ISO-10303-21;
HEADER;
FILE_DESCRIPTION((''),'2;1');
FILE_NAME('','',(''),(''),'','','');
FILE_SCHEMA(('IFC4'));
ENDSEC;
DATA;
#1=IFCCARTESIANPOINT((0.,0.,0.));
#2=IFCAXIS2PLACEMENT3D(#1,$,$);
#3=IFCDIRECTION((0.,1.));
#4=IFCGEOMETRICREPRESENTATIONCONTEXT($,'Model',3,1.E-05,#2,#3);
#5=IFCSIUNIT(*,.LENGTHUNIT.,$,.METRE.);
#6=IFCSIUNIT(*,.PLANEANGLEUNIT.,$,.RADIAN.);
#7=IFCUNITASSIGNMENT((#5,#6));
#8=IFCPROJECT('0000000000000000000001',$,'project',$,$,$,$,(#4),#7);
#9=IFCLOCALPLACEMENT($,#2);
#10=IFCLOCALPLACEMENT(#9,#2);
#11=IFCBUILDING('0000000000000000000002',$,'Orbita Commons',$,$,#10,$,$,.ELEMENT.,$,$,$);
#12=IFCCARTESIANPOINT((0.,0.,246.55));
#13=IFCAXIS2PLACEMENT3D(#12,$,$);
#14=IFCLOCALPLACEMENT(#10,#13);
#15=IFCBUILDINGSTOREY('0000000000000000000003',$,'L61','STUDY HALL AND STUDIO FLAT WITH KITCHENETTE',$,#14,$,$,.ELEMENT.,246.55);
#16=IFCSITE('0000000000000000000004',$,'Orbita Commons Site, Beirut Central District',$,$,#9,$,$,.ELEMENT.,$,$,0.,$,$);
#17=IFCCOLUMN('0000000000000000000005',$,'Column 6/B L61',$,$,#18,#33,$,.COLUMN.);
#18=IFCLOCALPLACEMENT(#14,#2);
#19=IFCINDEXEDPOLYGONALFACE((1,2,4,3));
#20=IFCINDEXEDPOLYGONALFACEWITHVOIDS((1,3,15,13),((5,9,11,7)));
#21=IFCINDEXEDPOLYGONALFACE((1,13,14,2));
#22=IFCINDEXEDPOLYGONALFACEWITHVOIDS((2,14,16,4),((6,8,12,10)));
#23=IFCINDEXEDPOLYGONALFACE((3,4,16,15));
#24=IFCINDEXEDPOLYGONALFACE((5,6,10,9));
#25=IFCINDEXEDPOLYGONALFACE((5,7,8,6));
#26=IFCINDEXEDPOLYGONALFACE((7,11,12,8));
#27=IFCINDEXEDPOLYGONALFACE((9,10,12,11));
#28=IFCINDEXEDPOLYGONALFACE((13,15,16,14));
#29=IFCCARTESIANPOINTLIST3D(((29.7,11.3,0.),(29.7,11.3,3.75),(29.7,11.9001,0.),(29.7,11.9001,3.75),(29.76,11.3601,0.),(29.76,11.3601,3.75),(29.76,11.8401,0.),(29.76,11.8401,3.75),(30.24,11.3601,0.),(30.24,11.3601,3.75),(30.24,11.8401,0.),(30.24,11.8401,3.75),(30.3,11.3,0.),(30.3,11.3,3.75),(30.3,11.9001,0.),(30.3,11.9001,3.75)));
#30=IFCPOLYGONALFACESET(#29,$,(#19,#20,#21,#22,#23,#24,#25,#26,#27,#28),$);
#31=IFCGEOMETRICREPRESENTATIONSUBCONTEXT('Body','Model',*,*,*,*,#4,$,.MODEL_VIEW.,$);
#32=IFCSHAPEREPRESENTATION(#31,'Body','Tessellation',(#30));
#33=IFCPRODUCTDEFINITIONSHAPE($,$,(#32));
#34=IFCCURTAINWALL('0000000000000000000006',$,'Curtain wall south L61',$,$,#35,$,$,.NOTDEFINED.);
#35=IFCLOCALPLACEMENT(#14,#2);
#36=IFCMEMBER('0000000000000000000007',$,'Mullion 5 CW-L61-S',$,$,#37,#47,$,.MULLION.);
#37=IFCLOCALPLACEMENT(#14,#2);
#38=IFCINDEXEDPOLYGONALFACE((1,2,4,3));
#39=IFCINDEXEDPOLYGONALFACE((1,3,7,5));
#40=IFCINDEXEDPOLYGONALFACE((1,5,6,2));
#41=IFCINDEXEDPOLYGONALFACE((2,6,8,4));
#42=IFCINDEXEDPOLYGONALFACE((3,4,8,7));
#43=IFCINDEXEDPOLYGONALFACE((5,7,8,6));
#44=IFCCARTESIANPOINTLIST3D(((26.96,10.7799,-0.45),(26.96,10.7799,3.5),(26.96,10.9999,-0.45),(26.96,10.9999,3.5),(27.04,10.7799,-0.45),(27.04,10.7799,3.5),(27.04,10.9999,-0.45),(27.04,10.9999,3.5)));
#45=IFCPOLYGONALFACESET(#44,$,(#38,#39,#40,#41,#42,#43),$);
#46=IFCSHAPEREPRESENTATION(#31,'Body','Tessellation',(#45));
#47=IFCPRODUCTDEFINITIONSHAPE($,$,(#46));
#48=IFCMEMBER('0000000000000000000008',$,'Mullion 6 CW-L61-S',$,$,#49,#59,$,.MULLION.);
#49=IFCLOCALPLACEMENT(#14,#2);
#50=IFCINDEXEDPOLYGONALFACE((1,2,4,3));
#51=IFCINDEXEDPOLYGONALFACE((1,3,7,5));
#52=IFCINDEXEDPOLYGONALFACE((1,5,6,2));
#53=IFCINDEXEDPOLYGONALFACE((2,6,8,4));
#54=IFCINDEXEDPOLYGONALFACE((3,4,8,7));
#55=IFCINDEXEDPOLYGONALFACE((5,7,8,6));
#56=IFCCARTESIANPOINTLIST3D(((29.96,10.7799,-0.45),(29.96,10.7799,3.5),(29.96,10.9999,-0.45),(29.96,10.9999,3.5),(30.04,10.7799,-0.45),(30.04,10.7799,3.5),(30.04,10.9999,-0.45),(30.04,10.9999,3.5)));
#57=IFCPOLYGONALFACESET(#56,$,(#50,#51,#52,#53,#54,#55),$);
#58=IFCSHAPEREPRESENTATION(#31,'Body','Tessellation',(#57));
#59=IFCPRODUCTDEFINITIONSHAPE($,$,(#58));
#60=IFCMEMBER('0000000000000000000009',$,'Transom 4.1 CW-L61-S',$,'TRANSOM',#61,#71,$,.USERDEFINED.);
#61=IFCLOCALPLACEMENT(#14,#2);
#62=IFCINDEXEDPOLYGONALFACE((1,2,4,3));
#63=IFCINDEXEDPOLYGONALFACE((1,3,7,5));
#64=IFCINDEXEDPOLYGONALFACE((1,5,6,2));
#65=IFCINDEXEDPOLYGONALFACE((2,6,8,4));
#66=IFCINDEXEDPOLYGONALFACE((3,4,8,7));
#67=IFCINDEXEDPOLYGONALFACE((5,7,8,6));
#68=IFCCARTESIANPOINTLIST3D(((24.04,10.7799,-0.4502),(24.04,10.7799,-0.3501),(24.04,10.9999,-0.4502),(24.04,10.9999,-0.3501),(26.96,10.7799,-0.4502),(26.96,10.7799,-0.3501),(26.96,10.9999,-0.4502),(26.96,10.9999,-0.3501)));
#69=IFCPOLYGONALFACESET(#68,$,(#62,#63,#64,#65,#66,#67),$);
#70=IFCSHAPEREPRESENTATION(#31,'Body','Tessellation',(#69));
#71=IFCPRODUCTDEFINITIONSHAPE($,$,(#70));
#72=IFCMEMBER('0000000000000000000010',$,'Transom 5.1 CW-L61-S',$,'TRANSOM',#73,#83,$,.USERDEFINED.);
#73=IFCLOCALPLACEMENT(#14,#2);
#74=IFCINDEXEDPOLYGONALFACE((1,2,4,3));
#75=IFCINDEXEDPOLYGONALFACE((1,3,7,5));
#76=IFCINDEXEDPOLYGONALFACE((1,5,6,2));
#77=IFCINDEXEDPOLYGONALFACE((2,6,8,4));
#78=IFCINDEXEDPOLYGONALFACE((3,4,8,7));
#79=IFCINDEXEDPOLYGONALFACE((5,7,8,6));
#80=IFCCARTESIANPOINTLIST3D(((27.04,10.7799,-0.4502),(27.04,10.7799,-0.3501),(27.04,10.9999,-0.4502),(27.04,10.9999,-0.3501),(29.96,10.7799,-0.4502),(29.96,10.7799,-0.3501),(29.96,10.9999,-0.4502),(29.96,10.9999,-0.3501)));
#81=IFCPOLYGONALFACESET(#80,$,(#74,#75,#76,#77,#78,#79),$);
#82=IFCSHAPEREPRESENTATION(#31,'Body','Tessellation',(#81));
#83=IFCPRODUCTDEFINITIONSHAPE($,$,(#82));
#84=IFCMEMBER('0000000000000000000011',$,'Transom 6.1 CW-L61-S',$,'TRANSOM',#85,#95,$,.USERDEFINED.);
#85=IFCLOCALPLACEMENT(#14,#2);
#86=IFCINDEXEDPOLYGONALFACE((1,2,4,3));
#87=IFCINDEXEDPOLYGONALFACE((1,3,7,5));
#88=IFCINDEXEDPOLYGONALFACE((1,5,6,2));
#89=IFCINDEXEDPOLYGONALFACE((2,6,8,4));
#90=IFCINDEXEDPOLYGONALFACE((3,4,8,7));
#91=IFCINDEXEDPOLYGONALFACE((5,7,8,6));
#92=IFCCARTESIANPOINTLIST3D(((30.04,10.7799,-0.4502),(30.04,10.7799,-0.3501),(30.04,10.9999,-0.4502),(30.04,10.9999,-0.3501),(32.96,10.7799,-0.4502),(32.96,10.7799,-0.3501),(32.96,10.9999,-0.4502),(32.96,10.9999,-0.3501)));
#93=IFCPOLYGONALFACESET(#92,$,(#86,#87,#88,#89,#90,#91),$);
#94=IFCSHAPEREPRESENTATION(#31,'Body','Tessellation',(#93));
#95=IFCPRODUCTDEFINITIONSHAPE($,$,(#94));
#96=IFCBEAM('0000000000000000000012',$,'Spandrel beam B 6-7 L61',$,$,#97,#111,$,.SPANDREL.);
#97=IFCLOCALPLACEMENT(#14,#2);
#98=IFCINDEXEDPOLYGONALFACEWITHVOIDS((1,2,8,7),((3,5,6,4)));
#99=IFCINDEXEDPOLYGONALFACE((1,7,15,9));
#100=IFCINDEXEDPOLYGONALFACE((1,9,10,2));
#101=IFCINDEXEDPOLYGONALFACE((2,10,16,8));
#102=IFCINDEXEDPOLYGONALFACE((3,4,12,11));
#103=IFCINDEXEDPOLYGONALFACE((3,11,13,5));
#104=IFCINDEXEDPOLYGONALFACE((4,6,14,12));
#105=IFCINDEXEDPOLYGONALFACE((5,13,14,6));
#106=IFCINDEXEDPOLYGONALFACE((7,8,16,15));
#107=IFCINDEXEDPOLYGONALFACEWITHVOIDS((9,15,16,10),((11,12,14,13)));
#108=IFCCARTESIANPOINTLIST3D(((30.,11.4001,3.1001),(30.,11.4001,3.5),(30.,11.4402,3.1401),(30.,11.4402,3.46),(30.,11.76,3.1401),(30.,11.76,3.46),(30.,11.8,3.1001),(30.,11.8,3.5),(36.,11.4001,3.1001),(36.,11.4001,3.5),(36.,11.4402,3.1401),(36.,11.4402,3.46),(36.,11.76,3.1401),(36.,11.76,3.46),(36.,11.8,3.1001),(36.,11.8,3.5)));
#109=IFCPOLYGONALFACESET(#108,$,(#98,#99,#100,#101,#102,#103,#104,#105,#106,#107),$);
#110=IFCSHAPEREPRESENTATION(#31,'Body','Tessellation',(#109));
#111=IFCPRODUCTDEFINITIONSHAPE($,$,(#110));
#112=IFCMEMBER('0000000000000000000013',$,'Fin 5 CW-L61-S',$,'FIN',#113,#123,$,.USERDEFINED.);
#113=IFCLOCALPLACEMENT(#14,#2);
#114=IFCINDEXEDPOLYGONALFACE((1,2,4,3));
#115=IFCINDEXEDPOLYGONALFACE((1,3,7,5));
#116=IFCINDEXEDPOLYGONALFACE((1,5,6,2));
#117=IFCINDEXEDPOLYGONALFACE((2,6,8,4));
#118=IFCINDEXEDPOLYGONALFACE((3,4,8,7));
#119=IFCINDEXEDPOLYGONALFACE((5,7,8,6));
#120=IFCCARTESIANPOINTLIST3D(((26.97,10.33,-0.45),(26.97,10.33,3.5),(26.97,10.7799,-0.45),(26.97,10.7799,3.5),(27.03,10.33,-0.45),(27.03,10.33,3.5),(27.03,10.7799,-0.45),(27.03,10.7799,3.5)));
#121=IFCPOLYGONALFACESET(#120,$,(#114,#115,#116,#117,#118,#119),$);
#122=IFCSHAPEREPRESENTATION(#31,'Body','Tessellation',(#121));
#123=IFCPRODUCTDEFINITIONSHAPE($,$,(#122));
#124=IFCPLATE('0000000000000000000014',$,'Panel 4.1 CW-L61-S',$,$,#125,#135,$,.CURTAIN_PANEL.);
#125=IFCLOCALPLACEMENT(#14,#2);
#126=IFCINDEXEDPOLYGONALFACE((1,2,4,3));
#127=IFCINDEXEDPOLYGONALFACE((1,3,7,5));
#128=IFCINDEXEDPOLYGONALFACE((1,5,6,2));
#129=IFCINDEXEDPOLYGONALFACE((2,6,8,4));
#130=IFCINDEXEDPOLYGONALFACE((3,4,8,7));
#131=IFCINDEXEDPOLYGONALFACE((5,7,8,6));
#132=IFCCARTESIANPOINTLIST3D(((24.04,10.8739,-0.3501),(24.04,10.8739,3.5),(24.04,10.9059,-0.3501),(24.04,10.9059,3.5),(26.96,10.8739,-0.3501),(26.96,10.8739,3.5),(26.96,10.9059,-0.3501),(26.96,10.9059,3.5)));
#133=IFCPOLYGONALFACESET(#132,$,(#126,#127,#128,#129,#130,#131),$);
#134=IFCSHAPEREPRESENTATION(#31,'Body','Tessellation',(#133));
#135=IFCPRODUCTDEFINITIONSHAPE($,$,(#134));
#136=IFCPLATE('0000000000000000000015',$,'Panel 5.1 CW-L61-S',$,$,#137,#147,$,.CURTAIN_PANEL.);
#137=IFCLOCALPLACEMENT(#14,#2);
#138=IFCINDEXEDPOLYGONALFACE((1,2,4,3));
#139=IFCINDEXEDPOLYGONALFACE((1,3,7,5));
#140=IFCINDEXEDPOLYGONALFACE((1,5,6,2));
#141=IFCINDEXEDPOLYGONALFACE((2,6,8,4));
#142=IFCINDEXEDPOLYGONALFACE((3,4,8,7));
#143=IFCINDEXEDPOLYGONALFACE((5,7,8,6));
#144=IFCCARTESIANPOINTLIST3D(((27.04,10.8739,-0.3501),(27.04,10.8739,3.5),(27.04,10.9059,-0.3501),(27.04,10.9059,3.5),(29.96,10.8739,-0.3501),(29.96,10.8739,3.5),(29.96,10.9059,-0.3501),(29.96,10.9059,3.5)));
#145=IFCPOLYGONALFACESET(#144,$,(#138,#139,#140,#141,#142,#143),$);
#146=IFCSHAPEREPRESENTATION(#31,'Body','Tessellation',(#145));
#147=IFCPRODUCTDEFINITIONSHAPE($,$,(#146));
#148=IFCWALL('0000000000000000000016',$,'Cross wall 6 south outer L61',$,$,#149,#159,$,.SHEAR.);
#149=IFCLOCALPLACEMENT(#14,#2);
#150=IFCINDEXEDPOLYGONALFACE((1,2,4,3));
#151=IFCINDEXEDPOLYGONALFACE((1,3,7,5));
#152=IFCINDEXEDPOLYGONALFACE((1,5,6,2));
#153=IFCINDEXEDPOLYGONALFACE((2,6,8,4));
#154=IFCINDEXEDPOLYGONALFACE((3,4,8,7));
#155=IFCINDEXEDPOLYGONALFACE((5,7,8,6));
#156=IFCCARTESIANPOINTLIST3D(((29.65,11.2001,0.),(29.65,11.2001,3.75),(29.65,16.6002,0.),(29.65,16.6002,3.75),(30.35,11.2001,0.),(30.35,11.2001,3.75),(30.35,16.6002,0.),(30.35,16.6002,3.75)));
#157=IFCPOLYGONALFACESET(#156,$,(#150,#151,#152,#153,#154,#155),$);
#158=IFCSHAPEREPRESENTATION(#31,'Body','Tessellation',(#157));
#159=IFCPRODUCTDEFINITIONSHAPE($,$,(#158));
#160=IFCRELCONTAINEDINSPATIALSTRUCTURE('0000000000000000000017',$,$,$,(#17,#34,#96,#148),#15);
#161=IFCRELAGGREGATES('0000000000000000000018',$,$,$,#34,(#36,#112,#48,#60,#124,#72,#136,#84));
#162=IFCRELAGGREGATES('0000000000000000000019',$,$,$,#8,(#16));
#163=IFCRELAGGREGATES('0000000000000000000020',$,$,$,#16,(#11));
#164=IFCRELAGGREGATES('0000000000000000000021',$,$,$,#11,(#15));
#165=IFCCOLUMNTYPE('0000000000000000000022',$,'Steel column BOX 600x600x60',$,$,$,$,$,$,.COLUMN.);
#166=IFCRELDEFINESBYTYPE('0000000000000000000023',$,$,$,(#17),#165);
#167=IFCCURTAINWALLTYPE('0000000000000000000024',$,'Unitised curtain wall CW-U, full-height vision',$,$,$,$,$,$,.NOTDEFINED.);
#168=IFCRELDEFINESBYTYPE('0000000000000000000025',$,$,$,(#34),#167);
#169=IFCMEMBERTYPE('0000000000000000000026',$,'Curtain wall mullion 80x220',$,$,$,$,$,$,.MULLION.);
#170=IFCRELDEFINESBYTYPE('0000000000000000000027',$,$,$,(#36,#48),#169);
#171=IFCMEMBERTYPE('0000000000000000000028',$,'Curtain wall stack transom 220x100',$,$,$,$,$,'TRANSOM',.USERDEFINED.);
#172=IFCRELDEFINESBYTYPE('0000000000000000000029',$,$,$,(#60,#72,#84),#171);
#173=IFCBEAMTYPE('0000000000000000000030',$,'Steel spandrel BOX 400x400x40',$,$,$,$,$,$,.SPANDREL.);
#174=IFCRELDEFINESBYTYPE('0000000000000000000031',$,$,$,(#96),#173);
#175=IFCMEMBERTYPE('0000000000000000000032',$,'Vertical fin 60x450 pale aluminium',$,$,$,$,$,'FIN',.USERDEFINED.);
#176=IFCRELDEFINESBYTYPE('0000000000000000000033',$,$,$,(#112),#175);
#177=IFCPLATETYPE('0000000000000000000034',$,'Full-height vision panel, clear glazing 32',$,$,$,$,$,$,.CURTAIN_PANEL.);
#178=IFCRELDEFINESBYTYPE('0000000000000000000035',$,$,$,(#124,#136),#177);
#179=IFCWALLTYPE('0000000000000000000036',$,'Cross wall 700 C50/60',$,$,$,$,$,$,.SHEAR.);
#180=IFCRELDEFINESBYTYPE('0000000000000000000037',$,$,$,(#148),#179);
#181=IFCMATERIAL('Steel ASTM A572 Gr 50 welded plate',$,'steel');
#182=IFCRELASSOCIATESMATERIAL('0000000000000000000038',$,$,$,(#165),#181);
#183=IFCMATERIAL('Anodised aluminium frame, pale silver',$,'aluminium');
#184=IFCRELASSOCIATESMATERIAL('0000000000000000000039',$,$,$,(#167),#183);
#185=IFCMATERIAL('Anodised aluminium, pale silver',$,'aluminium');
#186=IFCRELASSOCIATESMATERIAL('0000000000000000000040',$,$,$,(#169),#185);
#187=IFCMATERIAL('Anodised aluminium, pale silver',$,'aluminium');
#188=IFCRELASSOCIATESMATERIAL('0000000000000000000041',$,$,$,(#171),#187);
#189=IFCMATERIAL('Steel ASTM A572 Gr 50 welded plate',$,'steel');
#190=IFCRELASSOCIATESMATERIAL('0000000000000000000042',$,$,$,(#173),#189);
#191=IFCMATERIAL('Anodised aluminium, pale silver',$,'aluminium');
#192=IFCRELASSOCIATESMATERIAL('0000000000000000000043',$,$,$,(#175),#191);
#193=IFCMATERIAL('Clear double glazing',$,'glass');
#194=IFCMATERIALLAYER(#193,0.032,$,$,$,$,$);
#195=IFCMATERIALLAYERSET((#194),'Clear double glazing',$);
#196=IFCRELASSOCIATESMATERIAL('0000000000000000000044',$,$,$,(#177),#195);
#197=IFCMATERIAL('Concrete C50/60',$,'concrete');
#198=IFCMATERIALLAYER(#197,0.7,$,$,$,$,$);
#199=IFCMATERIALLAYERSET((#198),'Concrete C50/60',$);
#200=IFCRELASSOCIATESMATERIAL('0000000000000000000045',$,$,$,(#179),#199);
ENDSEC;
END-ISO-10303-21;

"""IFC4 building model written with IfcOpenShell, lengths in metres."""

from ifc_helpers import new_model, si_unit, direction, frame, frame_2d, origin, origin_2d, place, context, subcontext, project, spatial, rectangle, hollow_rectangle, extrude, material, layer, layer_set, material_profile, profile_set, type_object, element, aggregate, save


model = new_model("IFC4")

# Units and contexts
model_context = context("Model", 3, precision=1e-05, world=origin(), true_north=direction((0.0, 1.0)))
body_context = subcontext(model_context, "Body", "Model", "MODEL_VIEW")
ifc_project = project(units=[si_unit("LENGTHUNIT", "METRE"), si_unit("PLANEANGLEUNIT", "RADIAN")], contexts=[model_context])

# Site, building, storey
site_placement = place(None, origin())
site = spatial("IfcSite", under=ifc_project, at=site_placement, Name="Orbita Commons Site, Beirut Central District", CompositionType="ELEMENT", RefElevation=0.0)
building_placement = place(site_placement, origin())
building = spatial("IfcBuilding", under=site, at=building_placement, Name="Orbita Commons", CompositionType="ELEMENT")
storey_placement = place(building_placement, frame((0.0, 0.0, 246.55)))
storey = spatial("IfcBuildingStorey", under=building, at=storey_placement, Name="L61", Description="STUDY HALL AND STUDIO FLAT WITH KITCHENETTE", CompositionType="ELEMENT", Elevation=246.55)

# Column
ifc_material_1 = material(Name="Steel ASTM A572 Gr 50 welded plate", Category="steel")
ifc_material_profile_1 = material_profile(ifc_material_1, hollow_rectangle(XDim=0.6001, YDim=0.6001, WallThickness=0.0601, at=origin_2d()), Name="BOX 600x600x60")
ifc_profile_set_1 = profile_set([ifc_material_profile_1], Name="Steel ASTM A572 Gr 50 welded plate")
column_type = type_object("IfcColumnType", Name="Steel column BOX 600x600x60", PredefinedType="COLUMN", material=ifc_profile_set_1)
column_placement = place(storey_placement, frame((30.0, 11.6001, 0.0), z_axis=(0.0, 0.0, 1.0), x_axis=(1.0, 0.0, 0.0)))
element("IfcColumn", 1, at=column_placement, inside=storey, type_object=column_type, Name="Column 6/B L61", PredefinedType="COLUMN", context=body_context, shape_type="SweptSolid", body=[
    extrude(hollow_rectangle(XDim=0.6001, YDim=0.6001, WallThickness=0.0601, at=origin_2d()), origin(), (0.0, 0.0, 1.0), 3.75),
])

# Curtain wall, members
ifc_material_2 = material(Name="Anodised aluminium frame, pale silver", Category="aluminium")
curtain_wall_type = type_object("IfcCurtainWallType", Name="Unitised curtain wall CW-U, full-height vision", PredefinedType="NOTDEFINED", material=ifc_material_2)
curtain_wall_placement = place(storey_placement, origin())
curtain_wall = element("IfcCurtainWall", 2, at=curtain_wall_placement, inside=storey, type_object=curtain_wall_type, Name="Curtain wall south L61", PredefinedType="NOTDEFINED")
ifc_material_3 = material(Name="Anodised aluminium, pale silver", Category="aluminium")
ifc_material_profile_2 = material_profile(ifc_material_3, rectangle(XDim=0.0801, YDim=0.22, at=origin_2d()), Name="AL 80x220")
ifc_profile_set_2 = profile_set([ifc_material_profile_2], Name="Anodised aluminium, pale silver")
member_type_1 = type_object("IfcMemberType", Name="Curtain wall mullion 80x220", PredefinedType="MULLION", material=ifc_profile_set_2)
member_1_placement = place(storey_placement, frame((27.0, 10.8899, -0.45), z_axis=(0.0, 0.0, 1.0), x_axis=(1.0, 0.0, 0.0)))
member_1 = element("IfcMember", 3, at=member_1_placement, type_object=member_type_1, Name="Mullion 5 CW-L61-S", PredefinedType="MULLION", context=body_context, shape_type="SweptSolid", body=[
    extrude(rectangle(XDim=0.0801, YDim=0.22, at=origin_2d()), origin(), (0.0, 0.0, 1.0), 3.95),
])
member_2_placement = place(storey_placement, frame((30.0, 10.8899, -0.45), z_axis=(0.0, 0.0, 1.0), x_axis=(1.0, 0.0, 0.0)))
member_2 = element("IfcMember", 4, at=member_2_placement, type_object=member_type_1, Name="Mullion 6 CW-L61-S", PredefinedType="MULLION", context=body_context, shape_type="SweptSolid", body=[
    extrude(rectangle(XDim=0.0801, YDim=0.22, at=origin_2d()), origin(), (0.0, 0.0, 1.0), 3.95),
])
ifc_material_4 = material(Name="Anodised aluminium, pale silver", Category="aluminium")
ifc_material_profile_3 = material_profile(ifc_material_4, rectangle(XDim=0.22, YDim=0.1001, at=origin_2d()), Name="AL 220x100")
ifc_profile_set_3 = profile_set([ifc_material_profile_3], Name="Anodised aluminium, pale silver")
member_type_2 = type_object("IfcMemberType", Name="Curtain wall stack transom 220x100", ElementType="TRANSOM", PredefinedType="USERDEFINED", material=ifc_profile_set_3)
member_3_placement = place(storey_placement, frame((24.04, 10.8899, -0.4001), z_axis=(1.0, 0.0, 0.0), x_axis=(0.0, 1.0, 0.0)))
member_3 = element("IfcMember", 5, at=member_3_placement, type_object=member_type_2, Name="Transom 4.1 CW-L61-S", ObjectType="TRANSOM", PredefinedType="USERDEFINED", context=body_context, shape_type="SweptSolid", body=[
    extrude(rectangle(XDim=0.22, YDim=0.1001, at=origin_2d()), origin(), (0.0, 0.0, 1.0), 2.9199),
])
member_4_placement = place(storey_placement, frame((27.04, 10.8899, -0.4001), z_axis=(1.0, 0.0, 0.0), x_axis=(0.0, 1.0, 0.0)))
member_4 = element("IfcMember", 6, at=member_4_placement, type_object=member_type_2, Name="Transom 5.1 CW-L61-S", ObjectType="TRANSOM", PredefinedType="USERDEFINED", context=body_context, shape_type="SweptSolid", body=[
    extrude(rectangle(XDim=0.22, YDim=0.1001, at=origin_2d()), origin(), (0.0, 0.0, 1.0), 2.9199),
])
member_5_placement = place(storey_placement, frame((30.04, 10.8899, -0.4001), z_axis=(1.0, 0.0, 0.0), x_axis=(0.0, 1.0, 0.0)))
member_5 = element("IfcMember", 7, at=member_5_placement, type_object=member_type_2, Name="Transom 6.1 CW-L61-S", ObjectType="TRANSOM", PredefinedType="USERDEFINED", context=body_context, shape_type="SweptSolid", body=[
    extrude(rectangle(XDim=0.22, YDim=0.1001, at=origin_2d()), origin(), (0.0, 0.0, 1.0), 2.9199),
])

# Beam
ifc_material_5 = material(Name="Steel ASTM A572 Gr 50 welded plate", Category="steel")
ifc_material_profile_4 = material_profile(ifc_material_5, hollow_rectangle(XDim=0.3999, YDim=0.3999, WallThickness=0.04, at=origin_2d()), Name="BOX 400x400x40")
ifc_profile_set_4 = profile_set([ifc_material_profile_4], Name="Steel ASTM A572 Gr 50 welded plate")
beam_type = type_object("IfcBeamType", Name="Steel spandrel BOX 400x400x40", PredefinedType="SPANDREL", material=ifc_profile_set_4)
beam_placement = place(storey_placement, frame((30.0, 11.6001, 3.3), z_axis=(1.0, 0.0, 0.0), x_axis=(0.0, 1.0, 0.0)))
element("IfcBeam", 8, at=beam_placement, inside=storey, type_object=beam_type, Name="Spandrel beam B 6-7 L61", PredefinedType="SPANDREL", context=body_context, shape_type="SweptSolid", body=[
    extrude(hollow_rectangle(XDim=0.3999, YDim=0.3999, WallThickness=0.04, at=origin_2d()), origin(), (0.0, 0.0, 1.0), 6.0),
])

# Member
ifc_material_6 = material(Name="Anodised aluminium, pale silver", Category="aluminium")
ifc_material_profile_5 = material_profile(ifc_material_6, rectangle(XDim=0.0601, YDim=0.45, at=origin_2d()), Name="FIN 60x450")
ifc_profile_set_5 = profile_set([ifc_material_profile_5], Name="Anodised aluminium, pale silver")
member_type_3 = type_object("IfcMemberType", Name="Vertical fin 60x450 pale aluminium", ElementType="FIN", PredefinedType="USERDEFINED", material=ifc_profile_set_5)
member_6_placement = place(storey_placement, frame((27.0, 10.5549, -0.45), z_axis=(0.0, 0.0, 1.0), x_axis=(1.0, 0.0, 0.0)))
member_6 = element("IfcMember", 9, at=member_6_placement, type_object=member_type_3, Name="Fin 5 CW-L61-S", ObjectType="FIN", PredefinedType="USERDEFINED", context=body_context, shape_type="SweptSolid", body=[
    extrude(rectangle(XDim=0.0601, YDim=0.45, at=origin_2d()), origin(), (0.0, 0.0, 1.0), 3.95),
])

# Plates
ifc_material_7 = material(Name="Clear double glazing", Category="glass")
ifc_layer_1 = layer(ifc_material_7, 0.032)
ifc_layer_set_1 = layer_set([ifc_layer_1], Name="Clear double glazing")
plate_type = type_object("IfcPlateType", Name="Full-height vision panel, clear glazing 32", PredefinedType="CURTAIN_PANEL", material=ifc_layer_set_1)
plate_1_placement = place(storey_placement, frame((25.5, 10.8899, -0.3501), z_axis=(0.0, 0.0, 1.0), x_axis=(1.0, 0.0, 0.0)))
plate_1 = element("IfcPlate", 10, at=plate_1_placement, type_object=plate_type, Name="Panel 4.1 CW-L61-S", PredefinedType="CURTAIN_PANEL", context=body_context, shape_type="SweptSolid", body=[
    extrude(rectangle(XDim=2.9199, YDim=0.032, at=origin_2d()), origin(), (0.0, 0.0, 1.0), 3.8501),
])
plate_2_placement = place(storey_placement, frame((28.5, 10.8899, -0.3501), z_axis=(0.0, 0.0, 1.0), x_axis=(1.0, 0.0, 0.0)))
plate_2 = element("IfcPlate", 11, at=plate_2_placement, type_object=plate_type, Name="Panel 5.1 CW-L61-S", PredefinedType="CURTAIN_PANEL", context=body_context, shape_type="SweptSolid", body=[
    extrude(rectangle(XDim=2.9199, YDim=0.032, at=origin_2d()), origin(), (0.0, 0.0, 1.0), 3.8501),
])
aggregate(curtain_wall, [member_1, member_6, member_2, member_3, plate_1, member_4, plate_2, member_5])

# Wall
ifc_material_8 = material(Name="Concrete C50/60", Category="concrete")
ifc_layer_2 = layer(ifc_material_8, 0.7)
ifc_layer_set_2 = layer_set([ifc_layer_2], Name="Concrete C50/60")
wall_type_1 = type_object("IfcWallType", Name="Cross wall 700 C50/60", PredefinedType="SHEAR", material=ifc_layer_set_2)
wall_1_placement = place(storey_placement, frame((30.0, 11.2, 0.0), z_axis=(0.0, 0.0, 1.0), x_axis=(0.0, 1.0, 0.0)))
element("IfcWall", 12, at=wall_1_placement, inside=storey, type_object=wall_type_1, Name="Cross wall 6 south outer L61", PredefinedType="SHEAR", context=body_context, shape_type="SweptSolid", body=[
    extrude(rectangle(XDim=5.4001, YDim=0.7, at=frame_2d((2.7002, 0.0))), origin(), (0.0, 0.0, 1.0), 3.75),
])

save(model, "model.ifc")
